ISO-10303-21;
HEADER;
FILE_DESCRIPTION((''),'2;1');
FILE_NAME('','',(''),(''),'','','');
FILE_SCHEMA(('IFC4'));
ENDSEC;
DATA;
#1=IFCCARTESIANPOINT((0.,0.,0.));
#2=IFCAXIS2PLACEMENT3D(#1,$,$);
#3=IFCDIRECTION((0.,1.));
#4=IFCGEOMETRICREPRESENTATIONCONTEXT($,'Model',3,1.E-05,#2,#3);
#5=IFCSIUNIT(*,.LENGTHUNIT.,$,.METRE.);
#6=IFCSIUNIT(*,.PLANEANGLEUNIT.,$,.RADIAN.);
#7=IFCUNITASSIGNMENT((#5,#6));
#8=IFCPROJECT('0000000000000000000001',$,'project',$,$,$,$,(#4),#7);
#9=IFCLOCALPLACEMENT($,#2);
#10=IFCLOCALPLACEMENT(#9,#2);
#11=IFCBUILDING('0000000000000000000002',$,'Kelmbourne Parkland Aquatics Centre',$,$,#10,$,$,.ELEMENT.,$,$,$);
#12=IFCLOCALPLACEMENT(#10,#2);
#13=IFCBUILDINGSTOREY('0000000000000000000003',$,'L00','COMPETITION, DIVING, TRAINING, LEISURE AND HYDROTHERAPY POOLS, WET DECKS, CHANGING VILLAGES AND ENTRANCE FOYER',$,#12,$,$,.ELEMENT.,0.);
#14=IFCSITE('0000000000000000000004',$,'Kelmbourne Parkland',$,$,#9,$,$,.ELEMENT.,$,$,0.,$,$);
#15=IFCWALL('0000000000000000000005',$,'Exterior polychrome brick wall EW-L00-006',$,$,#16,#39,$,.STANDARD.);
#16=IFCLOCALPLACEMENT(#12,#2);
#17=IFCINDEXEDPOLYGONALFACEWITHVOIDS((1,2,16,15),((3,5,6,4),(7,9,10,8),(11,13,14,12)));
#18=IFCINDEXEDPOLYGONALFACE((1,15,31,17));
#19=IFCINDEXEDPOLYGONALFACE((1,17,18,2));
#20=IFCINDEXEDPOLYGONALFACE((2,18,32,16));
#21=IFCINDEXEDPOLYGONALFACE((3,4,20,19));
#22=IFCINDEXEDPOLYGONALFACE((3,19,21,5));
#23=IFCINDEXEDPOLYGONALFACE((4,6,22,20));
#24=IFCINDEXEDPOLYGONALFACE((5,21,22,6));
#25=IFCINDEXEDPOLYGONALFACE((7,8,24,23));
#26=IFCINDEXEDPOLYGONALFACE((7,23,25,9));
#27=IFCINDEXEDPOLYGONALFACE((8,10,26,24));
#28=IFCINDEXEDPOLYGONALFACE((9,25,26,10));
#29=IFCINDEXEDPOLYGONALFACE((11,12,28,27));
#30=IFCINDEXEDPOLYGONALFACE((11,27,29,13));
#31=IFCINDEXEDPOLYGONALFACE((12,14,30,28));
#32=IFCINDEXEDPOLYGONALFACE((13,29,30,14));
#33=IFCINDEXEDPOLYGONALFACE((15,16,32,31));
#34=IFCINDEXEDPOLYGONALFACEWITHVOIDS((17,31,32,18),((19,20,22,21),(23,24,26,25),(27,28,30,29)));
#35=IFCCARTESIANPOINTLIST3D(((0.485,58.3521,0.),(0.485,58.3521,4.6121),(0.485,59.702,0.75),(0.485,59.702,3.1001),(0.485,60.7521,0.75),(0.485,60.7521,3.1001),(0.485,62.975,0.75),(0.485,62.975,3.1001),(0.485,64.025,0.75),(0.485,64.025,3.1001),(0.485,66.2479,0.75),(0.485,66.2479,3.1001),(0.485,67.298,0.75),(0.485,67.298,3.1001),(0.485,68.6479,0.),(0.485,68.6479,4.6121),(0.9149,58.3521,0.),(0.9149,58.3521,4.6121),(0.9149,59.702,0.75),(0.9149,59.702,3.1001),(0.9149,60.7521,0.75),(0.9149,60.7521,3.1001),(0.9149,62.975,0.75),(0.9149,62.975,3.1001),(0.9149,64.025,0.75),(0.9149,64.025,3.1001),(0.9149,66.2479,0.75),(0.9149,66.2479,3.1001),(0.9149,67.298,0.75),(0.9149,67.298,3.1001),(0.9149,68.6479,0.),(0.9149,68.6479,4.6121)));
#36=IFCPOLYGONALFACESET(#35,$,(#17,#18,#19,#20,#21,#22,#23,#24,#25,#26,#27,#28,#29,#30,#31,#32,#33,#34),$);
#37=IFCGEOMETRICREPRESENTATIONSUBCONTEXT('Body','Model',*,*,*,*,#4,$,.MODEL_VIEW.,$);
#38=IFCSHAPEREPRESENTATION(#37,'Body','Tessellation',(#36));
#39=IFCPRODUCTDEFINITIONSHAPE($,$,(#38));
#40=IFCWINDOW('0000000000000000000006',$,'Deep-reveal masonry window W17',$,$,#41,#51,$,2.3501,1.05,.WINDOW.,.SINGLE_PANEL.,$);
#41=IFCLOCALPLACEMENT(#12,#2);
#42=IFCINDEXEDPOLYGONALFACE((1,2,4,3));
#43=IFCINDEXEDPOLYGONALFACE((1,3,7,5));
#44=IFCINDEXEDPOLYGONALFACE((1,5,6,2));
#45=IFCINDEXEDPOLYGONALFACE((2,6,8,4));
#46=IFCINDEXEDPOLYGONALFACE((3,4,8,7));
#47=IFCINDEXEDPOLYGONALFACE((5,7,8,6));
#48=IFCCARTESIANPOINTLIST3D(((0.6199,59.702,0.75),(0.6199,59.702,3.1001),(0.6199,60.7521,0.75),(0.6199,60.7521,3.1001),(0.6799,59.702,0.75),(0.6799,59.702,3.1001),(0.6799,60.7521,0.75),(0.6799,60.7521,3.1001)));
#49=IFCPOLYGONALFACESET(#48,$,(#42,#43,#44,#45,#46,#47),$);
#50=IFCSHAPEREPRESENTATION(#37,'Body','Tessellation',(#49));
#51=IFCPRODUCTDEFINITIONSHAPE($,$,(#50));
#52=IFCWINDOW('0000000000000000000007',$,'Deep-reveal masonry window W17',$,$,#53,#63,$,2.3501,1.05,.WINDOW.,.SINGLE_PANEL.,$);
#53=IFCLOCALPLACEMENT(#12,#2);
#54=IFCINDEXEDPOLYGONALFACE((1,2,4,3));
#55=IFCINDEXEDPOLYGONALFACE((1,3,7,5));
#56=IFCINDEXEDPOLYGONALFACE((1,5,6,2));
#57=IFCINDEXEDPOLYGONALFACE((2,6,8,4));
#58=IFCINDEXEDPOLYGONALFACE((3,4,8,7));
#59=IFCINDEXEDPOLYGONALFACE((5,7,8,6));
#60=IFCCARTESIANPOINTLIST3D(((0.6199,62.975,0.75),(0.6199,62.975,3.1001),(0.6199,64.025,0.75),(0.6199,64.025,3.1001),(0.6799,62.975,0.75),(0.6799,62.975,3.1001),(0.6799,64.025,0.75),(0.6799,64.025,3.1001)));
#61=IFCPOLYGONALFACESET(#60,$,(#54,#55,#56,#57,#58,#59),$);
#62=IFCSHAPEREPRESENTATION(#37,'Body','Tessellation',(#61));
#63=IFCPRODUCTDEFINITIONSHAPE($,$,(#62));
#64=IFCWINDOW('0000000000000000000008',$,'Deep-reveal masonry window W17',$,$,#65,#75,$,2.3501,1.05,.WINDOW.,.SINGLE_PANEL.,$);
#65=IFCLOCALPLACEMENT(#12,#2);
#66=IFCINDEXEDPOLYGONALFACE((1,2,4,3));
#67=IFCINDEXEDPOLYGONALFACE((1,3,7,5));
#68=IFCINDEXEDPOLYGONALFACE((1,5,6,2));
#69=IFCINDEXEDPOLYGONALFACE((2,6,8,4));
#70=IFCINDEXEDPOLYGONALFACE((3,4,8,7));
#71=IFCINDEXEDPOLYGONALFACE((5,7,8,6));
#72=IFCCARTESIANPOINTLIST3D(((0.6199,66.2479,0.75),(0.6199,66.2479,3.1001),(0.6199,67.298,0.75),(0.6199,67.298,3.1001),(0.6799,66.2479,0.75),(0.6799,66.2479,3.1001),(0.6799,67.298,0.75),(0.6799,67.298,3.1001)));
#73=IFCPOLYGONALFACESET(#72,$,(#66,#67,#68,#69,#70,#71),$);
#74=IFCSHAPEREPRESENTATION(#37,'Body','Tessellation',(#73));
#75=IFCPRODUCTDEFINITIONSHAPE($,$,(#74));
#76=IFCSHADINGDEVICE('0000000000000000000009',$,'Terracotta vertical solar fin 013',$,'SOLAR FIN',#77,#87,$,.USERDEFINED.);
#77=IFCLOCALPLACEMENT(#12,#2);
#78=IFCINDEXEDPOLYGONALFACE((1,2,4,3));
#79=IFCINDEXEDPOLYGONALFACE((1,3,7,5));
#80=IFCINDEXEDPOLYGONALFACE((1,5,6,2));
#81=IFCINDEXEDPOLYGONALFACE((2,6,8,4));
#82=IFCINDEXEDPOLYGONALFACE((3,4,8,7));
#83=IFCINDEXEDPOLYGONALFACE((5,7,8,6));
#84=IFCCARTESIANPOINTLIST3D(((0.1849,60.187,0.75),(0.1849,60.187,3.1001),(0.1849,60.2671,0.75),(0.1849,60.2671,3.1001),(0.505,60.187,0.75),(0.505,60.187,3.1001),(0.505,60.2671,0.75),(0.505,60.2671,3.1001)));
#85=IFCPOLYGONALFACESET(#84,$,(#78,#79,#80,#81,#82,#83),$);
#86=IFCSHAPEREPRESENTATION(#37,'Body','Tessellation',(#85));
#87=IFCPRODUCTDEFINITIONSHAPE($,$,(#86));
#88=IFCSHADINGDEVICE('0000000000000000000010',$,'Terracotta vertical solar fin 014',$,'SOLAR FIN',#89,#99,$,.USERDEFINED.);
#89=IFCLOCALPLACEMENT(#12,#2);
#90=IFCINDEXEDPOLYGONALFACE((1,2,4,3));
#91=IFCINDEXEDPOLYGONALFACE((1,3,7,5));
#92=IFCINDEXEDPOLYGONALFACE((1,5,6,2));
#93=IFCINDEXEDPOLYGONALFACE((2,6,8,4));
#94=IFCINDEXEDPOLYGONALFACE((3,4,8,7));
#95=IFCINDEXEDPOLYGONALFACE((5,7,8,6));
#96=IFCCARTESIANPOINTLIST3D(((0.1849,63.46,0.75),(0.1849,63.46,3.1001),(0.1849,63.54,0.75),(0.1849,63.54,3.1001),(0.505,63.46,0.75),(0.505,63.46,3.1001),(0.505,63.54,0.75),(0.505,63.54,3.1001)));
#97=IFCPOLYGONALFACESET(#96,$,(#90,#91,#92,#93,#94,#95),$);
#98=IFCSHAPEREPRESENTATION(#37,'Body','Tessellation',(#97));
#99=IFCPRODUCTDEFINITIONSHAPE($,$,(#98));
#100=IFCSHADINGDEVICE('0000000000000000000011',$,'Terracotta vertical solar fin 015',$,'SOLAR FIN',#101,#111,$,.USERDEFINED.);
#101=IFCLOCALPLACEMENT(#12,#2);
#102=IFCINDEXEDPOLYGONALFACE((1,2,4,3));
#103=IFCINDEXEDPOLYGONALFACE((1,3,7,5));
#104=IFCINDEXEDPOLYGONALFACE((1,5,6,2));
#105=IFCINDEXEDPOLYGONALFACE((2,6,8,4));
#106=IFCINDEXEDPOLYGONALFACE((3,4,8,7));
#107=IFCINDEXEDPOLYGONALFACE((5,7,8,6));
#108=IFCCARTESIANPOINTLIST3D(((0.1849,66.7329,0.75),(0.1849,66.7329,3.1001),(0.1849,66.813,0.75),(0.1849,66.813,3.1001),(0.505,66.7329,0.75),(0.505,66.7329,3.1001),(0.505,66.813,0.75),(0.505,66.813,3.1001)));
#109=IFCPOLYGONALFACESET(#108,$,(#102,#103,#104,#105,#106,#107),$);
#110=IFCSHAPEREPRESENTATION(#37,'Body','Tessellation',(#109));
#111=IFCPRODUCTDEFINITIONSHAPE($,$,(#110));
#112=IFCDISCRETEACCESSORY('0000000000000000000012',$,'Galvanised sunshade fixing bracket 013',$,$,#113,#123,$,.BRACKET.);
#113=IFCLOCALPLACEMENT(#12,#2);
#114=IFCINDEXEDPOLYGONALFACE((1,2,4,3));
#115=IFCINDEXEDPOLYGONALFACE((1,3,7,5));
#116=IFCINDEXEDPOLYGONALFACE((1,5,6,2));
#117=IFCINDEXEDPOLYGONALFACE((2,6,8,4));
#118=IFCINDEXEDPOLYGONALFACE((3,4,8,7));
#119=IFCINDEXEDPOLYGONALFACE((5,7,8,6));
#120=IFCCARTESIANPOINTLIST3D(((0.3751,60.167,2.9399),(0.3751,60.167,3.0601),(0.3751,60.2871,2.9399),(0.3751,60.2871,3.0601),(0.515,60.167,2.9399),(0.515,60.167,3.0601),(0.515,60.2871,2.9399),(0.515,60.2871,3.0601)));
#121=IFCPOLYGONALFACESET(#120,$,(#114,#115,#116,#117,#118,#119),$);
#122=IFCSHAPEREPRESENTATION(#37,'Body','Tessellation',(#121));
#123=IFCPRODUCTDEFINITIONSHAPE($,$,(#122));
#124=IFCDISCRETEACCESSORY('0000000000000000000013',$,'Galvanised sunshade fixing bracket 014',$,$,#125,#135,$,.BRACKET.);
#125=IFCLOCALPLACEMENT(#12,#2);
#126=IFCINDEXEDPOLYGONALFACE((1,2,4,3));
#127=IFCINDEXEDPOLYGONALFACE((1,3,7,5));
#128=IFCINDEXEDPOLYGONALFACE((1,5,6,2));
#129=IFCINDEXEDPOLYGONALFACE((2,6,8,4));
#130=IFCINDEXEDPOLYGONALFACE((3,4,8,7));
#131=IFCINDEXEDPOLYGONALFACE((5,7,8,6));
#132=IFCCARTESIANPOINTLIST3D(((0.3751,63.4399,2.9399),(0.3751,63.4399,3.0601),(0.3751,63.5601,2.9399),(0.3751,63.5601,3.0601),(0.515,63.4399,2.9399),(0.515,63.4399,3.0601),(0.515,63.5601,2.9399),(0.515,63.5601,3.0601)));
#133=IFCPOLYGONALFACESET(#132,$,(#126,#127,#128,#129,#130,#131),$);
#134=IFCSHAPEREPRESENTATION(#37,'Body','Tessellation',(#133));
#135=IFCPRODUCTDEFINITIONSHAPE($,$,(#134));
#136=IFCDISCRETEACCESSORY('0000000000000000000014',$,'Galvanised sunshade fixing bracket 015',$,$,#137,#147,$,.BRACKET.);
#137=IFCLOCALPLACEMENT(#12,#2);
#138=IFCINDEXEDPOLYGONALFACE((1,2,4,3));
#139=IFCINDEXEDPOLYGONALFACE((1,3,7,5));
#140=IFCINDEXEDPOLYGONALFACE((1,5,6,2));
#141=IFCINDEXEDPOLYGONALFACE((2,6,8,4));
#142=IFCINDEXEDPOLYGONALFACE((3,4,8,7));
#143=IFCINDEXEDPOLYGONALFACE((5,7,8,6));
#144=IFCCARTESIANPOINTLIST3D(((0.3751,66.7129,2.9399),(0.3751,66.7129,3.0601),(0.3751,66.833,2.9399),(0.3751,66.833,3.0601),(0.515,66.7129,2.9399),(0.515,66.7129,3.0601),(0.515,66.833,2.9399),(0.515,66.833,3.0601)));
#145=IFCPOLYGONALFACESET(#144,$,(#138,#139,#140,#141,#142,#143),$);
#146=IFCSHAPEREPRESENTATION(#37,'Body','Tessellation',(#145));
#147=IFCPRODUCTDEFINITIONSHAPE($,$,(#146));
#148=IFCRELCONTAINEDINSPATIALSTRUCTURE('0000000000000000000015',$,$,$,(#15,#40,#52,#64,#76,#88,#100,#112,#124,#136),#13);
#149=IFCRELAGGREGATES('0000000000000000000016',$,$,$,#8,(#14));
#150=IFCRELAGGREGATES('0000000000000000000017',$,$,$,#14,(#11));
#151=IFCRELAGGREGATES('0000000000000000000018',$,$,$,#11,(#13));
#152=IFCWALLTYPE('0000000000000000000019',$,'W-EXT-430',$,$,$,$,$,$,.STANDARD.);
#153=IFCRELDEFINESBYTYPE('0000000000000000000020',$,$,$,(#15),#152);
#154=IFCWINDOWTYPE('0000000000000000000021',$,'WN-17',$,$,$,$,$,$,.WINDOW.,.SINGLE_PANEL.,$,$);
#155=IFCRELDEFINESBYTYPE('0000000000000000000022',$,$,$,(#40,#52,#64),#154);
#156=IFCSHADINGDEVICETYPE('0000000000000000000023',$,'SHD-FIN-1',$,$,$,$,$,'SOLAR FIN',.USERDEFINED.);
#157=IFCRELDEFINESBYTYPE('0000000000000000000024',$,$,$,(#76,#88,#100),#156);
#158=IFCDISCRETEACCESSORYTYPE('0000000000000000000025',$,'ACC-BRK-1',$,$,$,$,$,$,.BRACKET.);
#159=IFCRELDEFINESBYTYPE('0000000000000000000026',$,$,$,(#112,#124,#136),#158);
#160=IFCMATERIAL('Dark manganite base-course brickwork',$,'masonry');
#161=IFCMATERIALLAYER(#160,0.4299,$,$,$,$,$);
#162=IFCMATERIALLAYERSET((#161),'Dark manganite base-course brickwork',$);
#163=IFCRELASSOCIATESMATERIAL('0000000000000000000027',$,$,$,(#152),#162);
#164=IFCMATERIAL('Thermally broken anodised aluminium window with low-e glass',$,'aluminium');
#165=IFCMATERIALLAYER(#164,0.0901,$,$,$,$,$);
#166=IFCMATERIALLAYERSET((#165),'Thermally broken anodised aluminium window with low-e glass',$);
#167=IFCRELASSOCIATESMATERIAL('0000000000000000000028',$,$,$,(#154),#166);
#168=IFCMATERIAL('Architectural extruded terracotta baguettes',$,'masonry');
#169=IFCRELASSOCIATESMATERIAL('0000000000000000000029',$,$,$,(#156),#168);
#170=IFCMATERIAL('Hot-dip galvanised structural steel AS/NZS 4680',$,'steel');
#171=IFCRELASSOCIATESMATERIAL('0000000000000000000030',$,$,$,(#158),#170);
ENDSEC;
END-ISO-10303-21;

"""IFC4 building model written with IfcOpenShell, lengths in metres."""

from ifc_helpers import new_model, si_unit, direction, frame, frame_2d, origin, origin_2d, place, context, subcontext, project, spatial, rectangle, extrude, material, layer, layer_set, type_object, element, fill, save


model = new_model("IFC4")

# Units and contexts
model_context = context("Model", 3, precision=1e-05, world=origin(), true_north=direction((0.0, 1.0)))
body_context = subcontext(model_context, "Body", "Model", "MODEL_VIEW")
ifc_project = project(units=[si_unit("LENGTHUNIT", "METRE"), si_unit("PLANEANGLEUNIT", "RADIAN")], contexts=[model_context])

# Site, building, storey
site_placement = place(None, origin())
site = spatial("IfcSite", under=ifc_project, at=site_placement, Name="Kelmbourne Parkland", CompositionType="ELEMENT", RefElevation=0.0)
building_placement = place(site_placement, origin())
building = spatial("IfcBuilding", under=site, at=building_placement, Name="Kelmbourne Parkland Aquatics Centre", CompositionType="ELEMENT")
storey_placement = place(building_placement, origin())
storey = spatial("IfcBuildingStorey", under=building, at=storey_placement, Name="L00", Description="COMPETITION, DIVING, TRAINING, LEISURE AND HYDROTHERAPY POOLS, WET DECKS, CHANGING VILLAGES AND ENTRANCE FOYER", CompositionType="ELEMENT", Elevation=0.0)

# Wall, openings, windows
ifc_material_1 = material(Name="Dark manganite base-course brickwork", Category="masonry")
ifc_layer_1 = layer(ifc_material_1, 0.4299)
ifc_layer_set_1 = layer_set([ifc_layer_1], Name="Dark manganite base-course brickwork")
wall_type = type_object("IfcWallType", Name="W-EXT-430", PredefinedType="STANDARD", material=ifc_layer_set_1)
wall_placement = place(storey_placement, frame((0.7, 58.3521, 0.0), z_axis=(0.0, 0.0, 1.0), x_axis=(0.0, 1.0, 0.0)))
wall = element("IfcWall", 1, at=wall_placement, inside=storey, type_object=wall_type, Name="Exterior polychrome brick wall EW-L00-006", PredefinedType="STANDARD", context=body_context, shape_type="SweptSolid", body=[
    extrude(rectangle(XDim=10.2959, YDim=0.4299, at=frame_2d((5.1479, 0.0))), origin(), (0.0, 0.0, 1.0), 4.6121),
])
opening_1_placement = place(wall_placement, frame((1.3501, 0.0, 0.75)))
opening_1 = element("IfcOpeningElement", 2, at=opening_1_placement, cuts=wall, PredefinedType="OPENING", context=body_context, shape_type="SweptSolid", body=[
    extrude(rectangle(XDim=1.05, YDim=2.3501, at=frame_2d((0.5249, 1.175))), frame((0.0, 0.2271, 0.0), z_axis=(0.0, -1.0, 0.0), x_axis=(1.0, 0.0, 0.0)), (0.0, 0.0, 1.0), 0.4539),
])
opening_2_placement = place(wall_placement, frame((4.623, 0.0, 0.75)))
opening_2 = element("IfcOpeningElement", 3, at=opening_2_placement, cuts=wall, PredefinedType="OPENING", context=body_context, shape_type="SweptSolid", body=[
    extrude(rectangle(XDim=1.05, YDim=2.3501, at=frame_2d((0.5249, 1.175))), frame((0.0, 0.2271, 0.0), z_axis=(0.0, -1.0, 0.0), x_axis=(1.0, 0.0, 0.0)), (0.0, 0.0, 1.0), 0.4539),
])
opening_3_placement = place(wall_placement, frame((7.896, 0.0, 0.75)))
opening_3 = element("IfcOpeningElement", 4, at=opening_3_placement, cuts=wall, PredefinedType="OPENING", context=body_context, shape_type="SweptSolid", body=[
    extrude(rectangle(XDim=1.05, YDim=2.3501, at=frame_2d((0.5249, 1.175))), frame((0.0, 0.2271, 0.0), z_axis=(0.0, -1.0, 0.0), x_axis=(1.0, 0.0, 0.0)), (0.0, 0.0, 1.0), 0.4539),
])
ifc_material_2 = material(Name="Thermally broken anodised aluminium window with low-e glass", Category="aluminium")
ifc_layer_2 = layer(ifc_material_2, 0.0901)
ifc_layer_set_2 = layer_set([ifc_layer_2], Name="Thermally broken anodised aluminium window with low-e glass")
window_type = type_object("IfcWindowType", Name="WN-17", PartitioningType="SINGLE_PANEL", PredefinedType="WINDOW", material=ifc_layer_set_2)
window_1_placement = place(opening_1_placement, origin())
window_1 = element("IfcWindow", 5, at=window_1_placement, inside=storey, type_object=window_type, Name="Deep-reveal masonry window W17", OverallHeight=2.3501, OverallWidth=1.05, PartitioningType="SINGLE_PANEL", PredefinedType="WINDOW", context=body_context, shape_type="SweptSolid", body=[
    extrude(rectangle(XDim=1.05, YDim=2.3501, at=frame_2d((0.5249, 1.175))), frame((0.0, 0.0801, 0.0), z_axis=(0.0, -1.0, 0.0), x_axis=(1.0, 0.0, 0.0)), (0.0, 0.0, 1.0), 0.0601),
])
fill(opening_1, window_1)
window_2_placement = place(opening_2_placement, origin())
window_2 = element("IfcWindow", 6, at=window_2_placement, inside=storey, type_object=window_type, Name="Deep-reveal masonry window W17", OverallHeight=2.3501, OverallWidth=1.05, PartitioningType="SINGLE_PANEL", PredefinedType="WINDOW", context=body_context, shape_type="SweptSolid", body=[
    extrude(rectangle(XDim=1.05, YDim=2.3501, at=frame_2d((0.5249, 1.175))), frame((0.0, 0.0801, 0.0), z_axis=(0.0, -1.0, 0.0), x_axis=(1.0, 0.0, 0.0)), (0.0, 0.0, 1.0), 0.0601),
])
fill(opening_2, window_2)
window_3_placement = place(opening_3_placement, origin())
window_3 = element("IfcWindow", 7, at=window_3_placement, inside=storey, type_object=window_type, Name="Deep-reveal masonry window W17", OverallHeight=2.3501, OverallWidth=1.05, PartitioningType="SINGLE_PANEL", PredefinedType="WINDOW", context=body_context, shape_type="SweptSolid", body=[
    extrude(rectangle(XDim=1.05, YDim=2.3501, at=frame_2d((0.5249, 1.175))), frame((0.0, 0.0801, 0.0), z_axis=(0.0, -1.0, 0.0), x_axis=(1.0, 0.0, 0.0)), (0.0, 0.0, 1.0), 0.0601),
])
fill(opening_3, window_3)

# Shading devices
ifc_material_3 = material(Name="Architectural extruded terracotta baguettes", Category="masonry")
shading_device_type = type_object("IfcShadingDeviceType", Name="SHD-FIN-1", ElementType="SOLAR FIN", PredefinedType="USERDEFINED", material=ifc_material_3)
for number, where, z_axis, x_axis, name in (
    (8, (0.345, 60.2271, 0.75), (0.0, 0.0, 1.0), (0.0, 1.0, 0.0), "Terracotta vertical solar fin 013"),
    (9, (0.345, 63.5, 0.75), (0.0, 0.0, 1.0), (0.0, 1.0, 0.0), "Terracotta vertical solar fin 014"),
    (10, (0.345, 66.7729, 0.75), (0.0, 0.0, 1.0), (0.0, 1.0, 0.0), "Terracotta vertical solar fin 015"),
):
    element("IfcShadingDevice", number, at=place(storey_placement, frame(where, z_axis=z_axis, x_axis=x_axis)), inside=storey, type_object=shading_device_type, Name=name, ObjectType="SOLAR FIN", PredefinedType="USERDEFINED", context=body_context, shape_type="SweptSolid", body=[
        extrude(rectangle(XDim=0.0801, YDim=0.3201, at=origin_2d()), origin(), (0.0, 0.0, 1.0), 2.3501),
    ])

# Discrete accessories
ifc_material_4 = material(Name="Hot-dip galvanised structural steel AS/NZS 4680", Category="steel")
discrete_accessory_type = type_object("IfcDiscreteAccessoryType", Name="ACC-BRK-1", PredefinedType="BRACKET", material=ifc_material_4)
for number, where, z_axis, x_axis, name in (
    (11, (0.4451, 60.2271, 2.9399), (0.0, 0.0, 1.0), (0.0, 1.0, 0.0), "Galvanised sunshade fixing bracket 013"),
    (12, (0.4451, 63.5, 2.9399), (0.0, 0.0, 1.0), (0.0, 1.0, 0.0), "Galvanised sunshade fixing bracket 014"),
    (13, (0.4451, 66.7729, 2.9399), (0.0, 0.0, 1.0), (0.0, 1.0, 0.0), "Galvanised sunshade fixing bracket 015"),
):
    element("IfcDiscreteAccessory", number, at=place(storey_placement, frame(where, z_axis=z_axis, x_axis=x_axis)), inside=storey, type_object=discrete_accessory_type, Name=name, PredefinedType="BRACKET", context=body_context, shape_type="SweptSolid", body=[
        extrude(rectangle(XDim=0.1201, YDim=0.1399, at=origin_2d()), origin(), (0.0, 0.0, 1.0), 0.1201),
    ])

save(model, "model.ifc")
